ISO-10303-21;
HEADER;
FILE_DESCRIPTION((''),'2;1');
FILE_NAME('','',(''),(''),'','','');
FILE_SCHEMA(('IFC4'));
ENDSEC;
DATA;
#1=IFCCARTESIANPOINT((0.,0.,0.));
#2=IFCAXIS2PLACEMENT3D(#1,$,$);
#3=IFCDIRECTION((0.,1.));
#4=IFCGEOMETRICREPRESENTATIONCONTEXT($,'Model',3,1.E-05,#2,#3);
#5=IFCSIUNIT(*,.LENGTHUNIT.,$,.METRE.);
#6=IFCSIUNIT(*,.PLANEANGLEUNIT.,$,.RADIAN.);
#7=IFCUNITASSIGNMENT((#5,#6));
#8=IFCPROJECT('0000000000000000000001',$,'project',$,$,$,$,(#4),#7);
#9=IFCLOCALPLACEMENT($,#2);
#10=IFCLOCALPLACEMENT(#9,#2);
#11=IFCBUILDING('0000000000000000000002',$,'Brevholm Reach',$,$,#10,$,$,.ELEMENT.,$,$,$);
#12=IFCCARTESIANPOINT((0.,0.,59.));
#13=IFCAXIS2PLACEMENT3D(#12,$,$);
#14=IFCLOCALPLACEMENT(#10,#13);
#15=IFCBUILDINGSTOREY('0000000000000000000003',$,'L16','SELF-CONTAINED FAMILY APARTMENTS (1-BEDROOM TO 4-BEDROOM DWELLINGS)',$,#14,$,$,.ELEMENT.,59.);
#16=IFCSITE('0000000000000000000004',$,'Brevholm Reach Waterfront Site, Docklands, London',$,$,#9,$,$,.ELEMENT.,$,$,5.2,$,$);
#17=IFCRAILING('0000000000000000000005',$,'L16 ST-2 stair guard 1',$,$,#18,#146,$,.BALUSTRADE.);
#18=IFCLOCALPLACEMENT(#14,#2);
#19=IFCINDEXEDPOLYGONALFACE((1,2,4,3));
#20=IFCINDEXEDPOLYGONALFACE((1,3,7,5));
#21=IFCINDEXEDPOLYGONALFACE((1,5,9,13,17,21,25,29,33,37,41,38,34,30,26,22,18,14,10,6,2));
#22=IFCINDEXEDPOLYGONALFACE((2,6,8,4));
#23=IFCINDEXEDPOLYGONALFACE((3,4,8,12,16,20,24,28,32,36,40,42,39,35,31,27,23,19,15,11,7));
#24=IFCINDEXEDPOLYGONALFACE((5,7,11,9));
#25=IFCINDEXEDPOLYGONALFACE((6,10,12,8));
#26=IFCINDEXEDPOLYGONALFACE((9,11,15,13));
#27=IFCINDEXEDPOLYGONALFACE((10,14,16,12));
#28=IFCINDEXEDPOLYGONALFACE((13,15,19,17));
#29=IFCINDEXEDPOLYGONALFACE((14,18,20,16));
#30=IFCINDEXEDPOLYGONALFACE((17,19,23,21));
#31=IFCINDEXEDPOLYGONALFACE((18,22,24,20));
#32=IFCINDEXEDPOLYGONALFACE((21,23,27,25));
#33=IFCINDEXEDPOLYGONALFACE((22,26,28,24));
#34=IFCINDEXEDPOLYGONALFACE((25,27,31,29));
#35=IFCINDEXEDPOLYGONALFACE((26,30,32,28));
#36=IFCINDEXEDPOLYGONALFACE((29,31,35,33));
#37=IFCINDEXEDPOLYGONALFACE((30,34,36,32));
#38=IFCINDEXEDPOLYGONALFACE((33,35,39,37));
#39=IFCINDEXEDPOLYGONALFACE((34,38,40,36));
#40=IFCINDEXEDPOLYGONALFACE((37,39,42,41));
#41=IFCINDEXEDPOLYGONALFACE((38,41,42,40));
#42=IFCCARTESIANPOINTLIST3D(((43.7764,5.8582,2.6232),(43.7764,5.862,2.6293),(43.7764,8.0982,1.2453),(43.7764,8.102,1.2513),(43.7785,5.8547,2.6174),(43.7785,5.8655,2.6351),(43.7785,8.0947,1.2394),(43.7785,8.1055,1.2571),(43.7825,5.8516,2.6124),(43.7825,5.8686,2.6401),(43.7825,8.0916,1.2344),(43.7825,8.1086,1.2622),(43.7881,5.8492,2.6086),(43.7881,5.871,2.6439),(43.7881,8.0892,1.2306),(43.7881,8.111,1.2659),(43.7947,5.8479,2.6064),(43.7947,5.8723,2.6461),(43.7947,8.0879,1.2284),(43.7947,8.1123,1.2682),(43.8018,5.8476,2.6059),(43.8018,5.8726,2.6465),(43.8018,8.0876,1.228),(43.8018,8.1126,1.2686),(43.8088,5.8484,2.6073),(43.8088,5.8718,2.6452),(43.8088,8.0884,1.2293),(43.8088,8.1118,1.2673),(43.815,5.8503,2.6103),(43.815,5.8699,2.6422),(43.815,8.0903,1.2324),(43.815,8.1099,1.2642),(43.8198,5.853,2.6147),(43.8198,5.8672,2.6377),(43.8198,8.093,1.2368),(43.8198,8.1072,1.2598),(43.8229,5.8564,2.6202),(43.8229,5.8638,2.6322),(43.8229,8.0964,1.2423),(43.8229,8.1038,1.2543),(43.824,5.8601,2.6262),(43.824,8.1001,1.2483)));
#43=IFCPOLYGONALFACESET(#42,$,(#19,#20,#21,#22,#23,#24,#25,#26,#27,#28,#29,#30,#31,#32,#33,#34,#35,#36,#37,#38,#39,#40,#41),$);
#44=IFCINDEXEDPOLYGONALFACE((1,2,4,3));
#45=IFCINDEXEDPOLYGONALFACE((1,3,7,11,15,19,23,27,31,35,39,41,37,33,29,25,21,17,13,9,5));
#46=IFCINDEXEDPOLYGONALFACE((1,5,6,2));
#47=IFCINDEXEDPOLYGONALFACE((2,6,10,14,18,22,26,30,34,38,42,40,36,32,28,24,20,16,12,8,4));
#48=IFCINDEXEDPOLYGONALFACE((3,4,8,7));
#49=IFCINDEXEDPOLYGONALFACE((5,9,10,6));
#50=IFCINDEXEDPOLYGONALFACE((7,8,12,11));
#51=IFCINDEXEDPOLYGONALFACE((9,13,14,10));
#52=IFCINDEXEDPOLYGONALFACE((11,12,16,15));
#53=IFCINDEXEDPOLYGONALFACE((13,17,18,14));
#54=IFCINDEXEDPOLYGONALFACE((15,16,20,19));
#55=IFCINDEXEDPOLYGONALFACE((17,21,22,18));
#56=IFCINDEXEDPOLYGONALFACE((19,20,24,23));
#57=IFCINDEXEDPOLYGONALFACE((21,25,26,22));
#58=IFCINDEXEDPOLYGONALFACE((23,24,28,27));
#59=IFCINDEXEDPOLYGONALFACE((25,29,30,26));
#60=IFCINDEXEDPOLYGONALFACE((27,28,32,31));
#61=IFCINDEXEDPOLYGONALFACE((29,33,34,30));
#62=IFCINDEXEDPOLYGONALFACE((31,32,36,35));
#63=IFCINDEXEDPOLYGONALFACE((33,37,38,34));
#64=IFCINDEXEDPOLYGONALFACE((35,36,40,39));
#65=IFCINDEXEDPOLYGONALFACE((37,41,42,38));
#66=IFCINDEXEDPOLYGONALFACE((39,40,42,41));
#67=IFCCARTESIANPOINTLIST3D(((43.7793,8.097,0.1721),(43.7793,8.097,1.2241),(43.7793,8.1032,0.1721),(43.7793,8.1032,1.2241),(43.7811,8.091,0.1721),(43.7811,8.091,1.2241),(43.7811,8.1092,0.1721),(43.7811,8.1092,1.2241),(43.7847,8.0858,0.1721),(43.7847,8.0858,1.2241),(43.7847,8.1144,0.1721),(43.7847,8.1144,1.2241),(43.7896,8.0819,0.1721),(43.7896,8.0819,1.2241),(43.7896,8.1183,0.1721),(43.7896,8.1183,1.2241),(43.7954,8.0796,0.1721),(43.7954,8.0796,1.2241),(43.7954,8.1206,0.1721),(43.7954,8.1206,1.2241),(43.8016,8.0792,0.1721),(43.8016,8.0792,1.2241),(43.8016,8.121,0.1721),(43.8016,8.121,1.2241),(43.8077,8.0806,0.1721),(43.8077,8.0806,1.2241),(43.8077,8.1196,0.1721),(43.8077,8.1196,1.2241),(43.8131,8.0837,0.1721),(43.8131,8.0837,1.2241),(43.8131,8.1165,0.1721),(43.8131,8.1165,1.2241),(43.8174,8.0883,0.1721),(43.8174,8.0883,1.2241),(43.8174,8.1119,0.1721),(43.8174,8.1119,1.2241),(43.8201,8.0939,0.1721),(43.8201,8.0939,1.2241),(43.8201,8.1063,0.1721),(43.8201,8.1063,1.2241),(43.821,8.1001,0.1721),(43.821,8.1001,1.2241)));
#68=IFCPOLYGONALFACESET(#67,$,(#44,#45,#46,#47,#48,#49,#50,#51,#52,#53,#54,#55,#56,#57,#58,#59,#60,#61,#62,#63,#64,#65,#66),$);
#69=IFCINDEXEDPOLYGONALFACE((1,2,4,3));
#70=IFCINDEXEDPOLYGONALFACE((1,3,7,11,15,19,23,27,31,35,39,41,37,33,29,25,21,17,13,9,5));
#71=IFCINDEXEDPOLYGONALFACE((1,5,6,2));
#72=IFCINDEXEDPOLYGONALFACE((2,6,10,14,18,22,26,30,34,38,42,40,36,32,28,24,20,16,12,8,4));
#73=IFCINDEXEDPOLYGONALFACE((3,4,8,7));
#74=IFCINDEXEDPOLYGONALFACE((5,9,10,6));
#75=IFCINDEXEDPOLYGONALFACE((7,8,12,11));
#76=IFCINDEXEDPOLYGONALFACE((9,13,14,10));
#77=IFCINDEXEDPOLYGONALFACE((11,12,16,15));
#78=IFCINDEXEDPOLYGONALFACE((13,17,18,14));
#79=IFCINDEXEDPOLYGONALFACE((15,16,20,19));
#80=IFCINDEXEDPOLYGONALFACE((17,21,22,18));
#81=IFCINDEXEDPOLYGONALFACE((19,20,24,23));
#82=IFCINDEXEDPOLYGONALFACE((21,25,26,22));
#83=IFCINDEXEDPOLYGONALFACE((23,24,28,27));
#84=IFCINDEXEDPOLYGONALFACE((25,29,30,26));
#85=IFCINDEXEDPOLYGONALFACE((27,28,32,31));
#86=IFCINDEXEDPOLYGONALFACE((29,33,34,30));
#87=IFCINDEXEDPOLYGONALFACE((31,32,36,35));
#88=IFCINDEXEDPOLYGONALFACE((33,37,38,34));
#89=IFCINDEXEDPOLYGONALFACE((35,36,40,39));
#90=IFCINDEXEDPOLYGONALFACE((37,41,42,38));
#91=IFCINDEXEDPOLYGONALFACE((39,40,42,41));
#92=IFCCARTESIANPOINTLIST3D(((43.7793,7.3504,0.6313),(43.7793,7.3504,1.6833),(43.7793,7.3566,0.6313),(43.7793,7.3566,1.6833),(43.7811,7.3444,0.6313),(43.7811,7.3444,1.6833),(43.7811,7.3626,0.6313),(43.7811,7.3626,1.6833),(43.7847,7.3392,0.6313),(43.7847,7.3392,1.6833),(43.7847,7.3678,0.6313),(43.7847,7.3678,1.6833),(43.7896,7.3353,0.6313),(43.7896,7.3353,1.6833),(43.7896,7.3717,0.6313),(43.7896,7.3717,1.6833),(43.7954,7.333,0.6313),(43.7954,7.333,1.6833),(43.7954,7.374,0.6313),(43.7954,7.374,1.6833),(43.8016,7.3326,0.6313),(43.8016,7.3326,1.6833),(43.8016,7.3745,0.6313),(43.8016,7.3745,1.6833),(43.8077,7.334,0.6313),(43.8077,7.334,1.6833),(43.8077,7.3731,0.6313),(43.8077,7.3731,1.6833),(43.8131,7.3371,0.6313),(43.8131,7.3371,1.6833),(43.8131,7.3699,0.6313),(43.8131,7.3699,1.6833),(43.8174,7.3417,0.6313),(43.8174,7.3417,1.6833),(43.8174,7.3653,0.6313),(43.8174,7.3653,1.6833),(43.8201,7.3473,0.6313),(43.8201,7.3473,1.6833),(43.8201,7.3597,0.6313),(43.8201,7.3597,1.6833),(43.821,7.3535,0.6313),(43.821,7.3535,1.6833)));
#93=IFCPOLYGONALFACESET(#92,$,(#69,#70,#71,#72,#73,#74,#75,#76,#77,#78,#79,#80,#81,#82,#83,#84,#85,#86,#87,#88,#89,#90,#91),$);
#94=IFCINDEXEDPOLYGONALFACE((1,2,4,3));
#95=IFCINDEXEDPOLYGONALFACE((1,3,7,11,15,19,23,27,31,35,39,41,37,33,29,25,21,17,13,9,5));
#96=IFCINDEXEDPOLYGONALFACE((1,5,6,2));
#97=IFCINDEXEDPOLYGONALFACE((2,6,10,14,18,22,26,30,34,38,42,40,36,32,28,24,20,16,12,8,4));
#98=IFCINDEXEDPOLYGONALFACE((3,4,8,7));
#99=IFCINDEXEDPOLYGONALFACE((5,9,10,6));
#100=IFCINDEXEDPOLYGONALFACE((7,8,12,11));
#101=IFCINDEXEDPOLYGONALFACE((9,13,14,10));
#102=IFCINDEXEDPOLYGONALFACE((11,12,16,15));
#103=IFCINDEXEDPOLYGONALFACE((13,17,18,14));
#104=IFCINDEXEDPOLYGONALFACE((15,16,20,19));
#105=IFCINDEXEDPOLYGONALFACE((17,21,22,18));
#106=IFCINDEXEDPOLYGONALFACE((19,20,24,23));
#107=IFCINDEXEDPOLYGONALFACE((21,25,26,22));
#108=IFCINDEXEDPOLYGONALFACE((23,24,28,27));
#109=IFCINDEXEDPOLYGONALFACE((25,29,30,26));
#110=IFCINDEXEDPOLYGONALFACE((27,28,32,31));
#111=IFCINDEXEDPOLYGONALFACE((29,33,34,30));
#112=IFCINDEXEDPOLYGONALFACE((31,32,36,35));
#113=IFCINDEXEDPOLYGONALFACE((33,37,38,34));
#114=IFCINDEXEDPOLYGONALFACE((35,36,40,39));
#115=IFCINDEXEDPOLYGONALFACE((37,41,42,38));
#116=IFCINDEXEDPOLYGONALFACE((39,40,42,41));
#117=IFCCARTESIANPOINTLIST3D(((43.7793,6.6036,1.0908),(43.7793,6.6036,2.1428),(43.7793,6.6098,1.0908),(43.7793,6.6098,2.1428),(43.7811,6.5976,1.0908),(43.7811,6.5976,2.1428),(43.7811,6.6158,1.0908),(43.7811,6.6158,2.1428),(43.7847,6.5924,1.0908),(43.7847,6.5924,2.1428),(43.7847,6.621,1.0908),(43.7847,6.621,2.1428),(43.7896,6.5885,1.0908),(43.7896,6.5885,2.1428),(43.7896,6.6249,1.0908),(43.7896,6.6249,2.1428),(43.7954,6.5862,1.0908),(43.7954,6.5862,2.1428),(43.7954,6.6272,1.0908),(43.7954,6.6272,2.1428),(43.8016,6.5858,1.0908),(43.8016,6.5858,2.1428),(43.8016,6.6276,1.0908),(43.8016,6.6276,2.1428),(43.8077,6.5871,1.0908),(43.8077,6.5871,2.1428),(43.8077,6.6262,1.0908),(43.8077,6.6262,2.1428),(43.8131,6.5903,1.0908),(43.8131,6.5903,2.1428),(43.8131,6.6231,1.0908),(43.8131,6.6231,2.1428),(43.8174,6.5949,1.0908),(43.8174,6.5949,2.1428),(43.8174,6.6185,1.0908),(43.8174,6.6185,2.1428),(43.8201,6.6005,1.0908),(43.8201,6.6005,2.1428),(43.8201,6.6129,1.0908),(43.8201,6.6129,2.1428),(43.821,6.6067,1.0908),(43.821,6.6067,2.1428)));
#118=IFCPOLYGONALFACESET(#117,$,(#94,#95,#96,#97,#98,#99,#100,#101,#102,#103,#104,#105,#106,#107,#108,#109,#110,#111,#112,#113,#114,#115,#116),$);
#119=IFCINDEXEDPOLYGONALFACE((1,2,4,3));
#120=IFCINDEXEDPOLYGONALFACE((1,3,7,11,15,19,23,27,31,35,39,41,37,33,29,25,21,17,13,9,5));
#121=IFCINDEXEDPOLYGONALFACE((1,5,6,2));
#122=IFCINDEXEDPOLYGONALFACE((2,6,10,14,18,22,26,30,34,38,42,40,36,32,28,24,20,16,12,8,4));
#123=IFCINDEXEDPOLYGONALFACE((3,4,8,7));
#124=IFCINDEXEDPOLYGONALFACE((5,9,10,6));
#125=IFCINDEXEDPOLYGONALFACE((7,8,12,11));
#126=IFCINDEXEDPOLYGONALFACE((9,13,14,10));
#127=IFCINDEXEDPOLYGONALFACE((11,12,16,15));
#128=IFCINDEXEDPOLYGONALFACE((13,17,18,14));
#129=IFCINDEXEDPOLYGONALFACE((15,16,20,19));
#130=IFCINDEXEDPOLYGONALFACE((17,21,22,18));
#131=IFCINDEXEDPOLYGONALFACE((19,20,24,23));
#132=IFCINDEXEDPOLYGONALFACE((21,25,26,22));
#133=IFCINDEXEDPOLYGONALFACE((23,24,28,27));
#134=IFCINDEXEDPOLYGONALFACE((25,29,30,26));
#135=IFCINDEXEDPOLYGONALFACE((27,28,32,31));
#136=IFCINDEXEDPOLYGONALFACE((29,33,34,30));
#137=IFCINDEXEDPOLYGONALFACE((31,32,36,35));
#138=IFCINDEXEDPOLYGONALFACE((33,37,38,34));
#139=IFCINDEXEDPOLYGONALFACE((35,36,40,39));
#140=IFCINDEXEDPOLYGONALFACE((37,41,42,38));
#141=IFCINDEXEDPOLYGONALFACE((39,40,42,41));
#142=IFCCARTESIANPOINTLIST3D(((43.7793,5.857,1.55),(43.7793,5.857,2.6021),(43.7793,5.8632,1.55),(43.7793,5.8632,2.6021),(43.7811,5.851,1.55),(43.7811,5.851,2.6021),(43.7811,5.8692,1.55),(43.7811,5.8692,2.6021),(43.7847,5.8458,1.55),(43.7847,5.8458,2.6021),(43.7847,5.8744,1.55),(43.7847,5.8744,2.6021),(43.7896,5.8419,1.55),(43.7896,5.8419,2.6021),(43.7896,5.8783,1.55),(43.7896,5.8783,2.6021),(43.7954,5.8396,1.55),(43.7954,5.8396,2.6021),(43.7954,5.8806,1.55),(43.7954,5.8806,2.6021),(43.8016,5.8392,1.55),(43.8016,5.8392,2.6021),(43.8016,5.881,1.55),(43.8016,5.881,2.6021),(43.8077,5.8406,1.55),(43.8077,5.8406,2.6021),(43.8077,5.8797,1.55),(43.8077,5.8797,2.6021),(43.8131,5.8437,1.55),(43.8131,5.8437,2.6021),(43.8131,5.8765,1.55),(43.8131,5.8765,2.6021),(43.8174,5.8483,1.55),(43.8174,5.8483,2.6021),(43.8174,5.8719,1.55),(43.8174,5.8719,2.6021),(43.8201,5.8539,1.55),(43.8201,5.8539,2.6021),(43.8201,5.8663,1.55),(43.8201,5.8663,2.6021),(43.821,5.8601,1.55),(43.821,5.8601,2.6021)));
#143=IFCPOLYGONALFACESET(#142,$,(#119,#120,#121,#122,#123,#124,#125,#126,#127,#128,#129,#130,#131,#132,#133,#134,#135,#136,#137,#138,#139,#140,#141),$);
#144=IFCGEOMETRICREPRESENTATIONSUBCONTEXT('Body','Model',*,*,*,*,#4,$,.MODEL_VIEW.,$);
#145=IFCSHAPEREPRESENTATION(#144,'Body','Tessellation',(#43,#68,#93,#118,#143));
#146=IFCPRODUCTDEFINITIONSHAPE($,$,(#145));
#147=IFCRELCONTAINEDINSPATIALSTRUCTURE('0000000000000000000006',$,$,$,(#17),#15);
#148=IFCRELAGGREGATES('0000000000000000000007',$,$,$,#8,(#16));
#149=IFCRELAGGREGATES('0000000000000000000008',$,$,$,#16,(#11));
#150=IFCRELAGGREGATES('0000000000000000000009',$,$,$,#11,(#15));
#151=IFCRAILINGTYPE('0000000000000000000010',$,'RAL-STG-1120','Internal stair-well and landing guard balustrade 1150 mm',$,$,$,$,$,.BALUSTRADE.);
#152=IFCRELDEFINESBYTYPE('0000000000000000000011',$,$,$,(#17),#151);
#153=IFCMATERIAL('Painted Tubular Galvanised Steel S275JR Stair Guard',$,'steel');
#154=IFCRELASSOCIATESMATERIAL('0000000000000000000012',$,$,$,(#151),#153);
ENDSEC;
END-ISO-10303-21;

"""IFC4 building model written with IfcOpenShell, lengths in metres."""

from ifc_helpers import new_model, si_unit, direction, frame, origin, origin_2d, place, context, subcontext, project, spatial, circle, extrude, material, type_object, element, save


model = new_model("IFC4")

# Units and contexts
model_context = context("Model", 3, precision=1e-05, world=origin(), true_north=direction((0.0, 1.0)))
body_context = subcontext(model_context, "Body", "Model", "MODEL_VIEW")
ifc_project = project(units=[si_unit("LENGTHUNIT", "METRE"), si_unit("PLANEANGLEUNIT", "RADIAN")], contexts=[model_context])

# Site, building, storey
site_placement = place(None, origin())
site = spatial("IfcSite", under=ifc_project, at=site_placement, Name="Brevholm Reach Waterfront Site, Docklands, London", CompositionType="ELEMENT", RefElevation=5.2)
building_placement = place(site_placement, origin())
building = spatial("IfcBuilding", under=site, at=building_placement, Name="Brevholm Reach", CompositionType="ELEMENT")
storey_placement = place(building_placement, frame((0.0, 0.0, 59.0)))
storey = spatial("IfcBuildingStorey", under=building, at=storey_placement, Name="L16", Description="SELF-CONTAINED FAMILY APARTMENTS (1-BEDROOM TO 4-BEDROOM DWELLINGS)", CompositionType="ELEMENT", Elevation=59.0)

# Railing
ifc_material_1 = material(Name="Painted Tubular Galvanised Steel S275JR Stair Guard", Category="steel")
railing_type = type_object("IfcRailingType", Name="RAL-STG-1120", Description="Internal stair-well and landing guard balustrade 1150 mm", PredefinedType="BALUSTRADE", material=ifc_material_1)
railing_1_placement = place(storey_placement, frame((43.8, 8.1001, 0.1721)))
element("IfcRailing", 1, at=railing_1_placement, inside=storey, type_object=railing_type, Name="L16 ST-2 stair guard 1", PredefinedType="BALUSTRADE", context=body_context, shape_type="SweptSolid", body=[
    extrude(circle(Radius=0.0239, at=origin_2d()), frame((0.0, 0.0, 1.0762), z_axis=(0.0, -0.851748, 0.523952), x_axis=(1.0, 0.0, 0.0)), (0.0, 0.0, 1.0), 2.6299),
    extrude(circle(Radius=0.021, at=origin_2d()), origin(), (0.0, 0.0, 1.0), 1.052),
    extrude(circle(Radius=0.021, at=origin_2d()), frame((0.0, -0.7466, 0.4592)), (0.0, 0.0, 1.0), 1.052),
    extrude(circle(Radius=0.021, at=origin_2d()), frame((0.0, -1.4934, 0.9187)), (0.0, 0.0, 1.0), 1.052),
    extrude(circle(Radius=0.021, at=origin_2d()), frame((0.0, -2.24, 1.3779)), (0.0, 0.0, 1.0), 1.052),
])

save(model, "model.ifc")
